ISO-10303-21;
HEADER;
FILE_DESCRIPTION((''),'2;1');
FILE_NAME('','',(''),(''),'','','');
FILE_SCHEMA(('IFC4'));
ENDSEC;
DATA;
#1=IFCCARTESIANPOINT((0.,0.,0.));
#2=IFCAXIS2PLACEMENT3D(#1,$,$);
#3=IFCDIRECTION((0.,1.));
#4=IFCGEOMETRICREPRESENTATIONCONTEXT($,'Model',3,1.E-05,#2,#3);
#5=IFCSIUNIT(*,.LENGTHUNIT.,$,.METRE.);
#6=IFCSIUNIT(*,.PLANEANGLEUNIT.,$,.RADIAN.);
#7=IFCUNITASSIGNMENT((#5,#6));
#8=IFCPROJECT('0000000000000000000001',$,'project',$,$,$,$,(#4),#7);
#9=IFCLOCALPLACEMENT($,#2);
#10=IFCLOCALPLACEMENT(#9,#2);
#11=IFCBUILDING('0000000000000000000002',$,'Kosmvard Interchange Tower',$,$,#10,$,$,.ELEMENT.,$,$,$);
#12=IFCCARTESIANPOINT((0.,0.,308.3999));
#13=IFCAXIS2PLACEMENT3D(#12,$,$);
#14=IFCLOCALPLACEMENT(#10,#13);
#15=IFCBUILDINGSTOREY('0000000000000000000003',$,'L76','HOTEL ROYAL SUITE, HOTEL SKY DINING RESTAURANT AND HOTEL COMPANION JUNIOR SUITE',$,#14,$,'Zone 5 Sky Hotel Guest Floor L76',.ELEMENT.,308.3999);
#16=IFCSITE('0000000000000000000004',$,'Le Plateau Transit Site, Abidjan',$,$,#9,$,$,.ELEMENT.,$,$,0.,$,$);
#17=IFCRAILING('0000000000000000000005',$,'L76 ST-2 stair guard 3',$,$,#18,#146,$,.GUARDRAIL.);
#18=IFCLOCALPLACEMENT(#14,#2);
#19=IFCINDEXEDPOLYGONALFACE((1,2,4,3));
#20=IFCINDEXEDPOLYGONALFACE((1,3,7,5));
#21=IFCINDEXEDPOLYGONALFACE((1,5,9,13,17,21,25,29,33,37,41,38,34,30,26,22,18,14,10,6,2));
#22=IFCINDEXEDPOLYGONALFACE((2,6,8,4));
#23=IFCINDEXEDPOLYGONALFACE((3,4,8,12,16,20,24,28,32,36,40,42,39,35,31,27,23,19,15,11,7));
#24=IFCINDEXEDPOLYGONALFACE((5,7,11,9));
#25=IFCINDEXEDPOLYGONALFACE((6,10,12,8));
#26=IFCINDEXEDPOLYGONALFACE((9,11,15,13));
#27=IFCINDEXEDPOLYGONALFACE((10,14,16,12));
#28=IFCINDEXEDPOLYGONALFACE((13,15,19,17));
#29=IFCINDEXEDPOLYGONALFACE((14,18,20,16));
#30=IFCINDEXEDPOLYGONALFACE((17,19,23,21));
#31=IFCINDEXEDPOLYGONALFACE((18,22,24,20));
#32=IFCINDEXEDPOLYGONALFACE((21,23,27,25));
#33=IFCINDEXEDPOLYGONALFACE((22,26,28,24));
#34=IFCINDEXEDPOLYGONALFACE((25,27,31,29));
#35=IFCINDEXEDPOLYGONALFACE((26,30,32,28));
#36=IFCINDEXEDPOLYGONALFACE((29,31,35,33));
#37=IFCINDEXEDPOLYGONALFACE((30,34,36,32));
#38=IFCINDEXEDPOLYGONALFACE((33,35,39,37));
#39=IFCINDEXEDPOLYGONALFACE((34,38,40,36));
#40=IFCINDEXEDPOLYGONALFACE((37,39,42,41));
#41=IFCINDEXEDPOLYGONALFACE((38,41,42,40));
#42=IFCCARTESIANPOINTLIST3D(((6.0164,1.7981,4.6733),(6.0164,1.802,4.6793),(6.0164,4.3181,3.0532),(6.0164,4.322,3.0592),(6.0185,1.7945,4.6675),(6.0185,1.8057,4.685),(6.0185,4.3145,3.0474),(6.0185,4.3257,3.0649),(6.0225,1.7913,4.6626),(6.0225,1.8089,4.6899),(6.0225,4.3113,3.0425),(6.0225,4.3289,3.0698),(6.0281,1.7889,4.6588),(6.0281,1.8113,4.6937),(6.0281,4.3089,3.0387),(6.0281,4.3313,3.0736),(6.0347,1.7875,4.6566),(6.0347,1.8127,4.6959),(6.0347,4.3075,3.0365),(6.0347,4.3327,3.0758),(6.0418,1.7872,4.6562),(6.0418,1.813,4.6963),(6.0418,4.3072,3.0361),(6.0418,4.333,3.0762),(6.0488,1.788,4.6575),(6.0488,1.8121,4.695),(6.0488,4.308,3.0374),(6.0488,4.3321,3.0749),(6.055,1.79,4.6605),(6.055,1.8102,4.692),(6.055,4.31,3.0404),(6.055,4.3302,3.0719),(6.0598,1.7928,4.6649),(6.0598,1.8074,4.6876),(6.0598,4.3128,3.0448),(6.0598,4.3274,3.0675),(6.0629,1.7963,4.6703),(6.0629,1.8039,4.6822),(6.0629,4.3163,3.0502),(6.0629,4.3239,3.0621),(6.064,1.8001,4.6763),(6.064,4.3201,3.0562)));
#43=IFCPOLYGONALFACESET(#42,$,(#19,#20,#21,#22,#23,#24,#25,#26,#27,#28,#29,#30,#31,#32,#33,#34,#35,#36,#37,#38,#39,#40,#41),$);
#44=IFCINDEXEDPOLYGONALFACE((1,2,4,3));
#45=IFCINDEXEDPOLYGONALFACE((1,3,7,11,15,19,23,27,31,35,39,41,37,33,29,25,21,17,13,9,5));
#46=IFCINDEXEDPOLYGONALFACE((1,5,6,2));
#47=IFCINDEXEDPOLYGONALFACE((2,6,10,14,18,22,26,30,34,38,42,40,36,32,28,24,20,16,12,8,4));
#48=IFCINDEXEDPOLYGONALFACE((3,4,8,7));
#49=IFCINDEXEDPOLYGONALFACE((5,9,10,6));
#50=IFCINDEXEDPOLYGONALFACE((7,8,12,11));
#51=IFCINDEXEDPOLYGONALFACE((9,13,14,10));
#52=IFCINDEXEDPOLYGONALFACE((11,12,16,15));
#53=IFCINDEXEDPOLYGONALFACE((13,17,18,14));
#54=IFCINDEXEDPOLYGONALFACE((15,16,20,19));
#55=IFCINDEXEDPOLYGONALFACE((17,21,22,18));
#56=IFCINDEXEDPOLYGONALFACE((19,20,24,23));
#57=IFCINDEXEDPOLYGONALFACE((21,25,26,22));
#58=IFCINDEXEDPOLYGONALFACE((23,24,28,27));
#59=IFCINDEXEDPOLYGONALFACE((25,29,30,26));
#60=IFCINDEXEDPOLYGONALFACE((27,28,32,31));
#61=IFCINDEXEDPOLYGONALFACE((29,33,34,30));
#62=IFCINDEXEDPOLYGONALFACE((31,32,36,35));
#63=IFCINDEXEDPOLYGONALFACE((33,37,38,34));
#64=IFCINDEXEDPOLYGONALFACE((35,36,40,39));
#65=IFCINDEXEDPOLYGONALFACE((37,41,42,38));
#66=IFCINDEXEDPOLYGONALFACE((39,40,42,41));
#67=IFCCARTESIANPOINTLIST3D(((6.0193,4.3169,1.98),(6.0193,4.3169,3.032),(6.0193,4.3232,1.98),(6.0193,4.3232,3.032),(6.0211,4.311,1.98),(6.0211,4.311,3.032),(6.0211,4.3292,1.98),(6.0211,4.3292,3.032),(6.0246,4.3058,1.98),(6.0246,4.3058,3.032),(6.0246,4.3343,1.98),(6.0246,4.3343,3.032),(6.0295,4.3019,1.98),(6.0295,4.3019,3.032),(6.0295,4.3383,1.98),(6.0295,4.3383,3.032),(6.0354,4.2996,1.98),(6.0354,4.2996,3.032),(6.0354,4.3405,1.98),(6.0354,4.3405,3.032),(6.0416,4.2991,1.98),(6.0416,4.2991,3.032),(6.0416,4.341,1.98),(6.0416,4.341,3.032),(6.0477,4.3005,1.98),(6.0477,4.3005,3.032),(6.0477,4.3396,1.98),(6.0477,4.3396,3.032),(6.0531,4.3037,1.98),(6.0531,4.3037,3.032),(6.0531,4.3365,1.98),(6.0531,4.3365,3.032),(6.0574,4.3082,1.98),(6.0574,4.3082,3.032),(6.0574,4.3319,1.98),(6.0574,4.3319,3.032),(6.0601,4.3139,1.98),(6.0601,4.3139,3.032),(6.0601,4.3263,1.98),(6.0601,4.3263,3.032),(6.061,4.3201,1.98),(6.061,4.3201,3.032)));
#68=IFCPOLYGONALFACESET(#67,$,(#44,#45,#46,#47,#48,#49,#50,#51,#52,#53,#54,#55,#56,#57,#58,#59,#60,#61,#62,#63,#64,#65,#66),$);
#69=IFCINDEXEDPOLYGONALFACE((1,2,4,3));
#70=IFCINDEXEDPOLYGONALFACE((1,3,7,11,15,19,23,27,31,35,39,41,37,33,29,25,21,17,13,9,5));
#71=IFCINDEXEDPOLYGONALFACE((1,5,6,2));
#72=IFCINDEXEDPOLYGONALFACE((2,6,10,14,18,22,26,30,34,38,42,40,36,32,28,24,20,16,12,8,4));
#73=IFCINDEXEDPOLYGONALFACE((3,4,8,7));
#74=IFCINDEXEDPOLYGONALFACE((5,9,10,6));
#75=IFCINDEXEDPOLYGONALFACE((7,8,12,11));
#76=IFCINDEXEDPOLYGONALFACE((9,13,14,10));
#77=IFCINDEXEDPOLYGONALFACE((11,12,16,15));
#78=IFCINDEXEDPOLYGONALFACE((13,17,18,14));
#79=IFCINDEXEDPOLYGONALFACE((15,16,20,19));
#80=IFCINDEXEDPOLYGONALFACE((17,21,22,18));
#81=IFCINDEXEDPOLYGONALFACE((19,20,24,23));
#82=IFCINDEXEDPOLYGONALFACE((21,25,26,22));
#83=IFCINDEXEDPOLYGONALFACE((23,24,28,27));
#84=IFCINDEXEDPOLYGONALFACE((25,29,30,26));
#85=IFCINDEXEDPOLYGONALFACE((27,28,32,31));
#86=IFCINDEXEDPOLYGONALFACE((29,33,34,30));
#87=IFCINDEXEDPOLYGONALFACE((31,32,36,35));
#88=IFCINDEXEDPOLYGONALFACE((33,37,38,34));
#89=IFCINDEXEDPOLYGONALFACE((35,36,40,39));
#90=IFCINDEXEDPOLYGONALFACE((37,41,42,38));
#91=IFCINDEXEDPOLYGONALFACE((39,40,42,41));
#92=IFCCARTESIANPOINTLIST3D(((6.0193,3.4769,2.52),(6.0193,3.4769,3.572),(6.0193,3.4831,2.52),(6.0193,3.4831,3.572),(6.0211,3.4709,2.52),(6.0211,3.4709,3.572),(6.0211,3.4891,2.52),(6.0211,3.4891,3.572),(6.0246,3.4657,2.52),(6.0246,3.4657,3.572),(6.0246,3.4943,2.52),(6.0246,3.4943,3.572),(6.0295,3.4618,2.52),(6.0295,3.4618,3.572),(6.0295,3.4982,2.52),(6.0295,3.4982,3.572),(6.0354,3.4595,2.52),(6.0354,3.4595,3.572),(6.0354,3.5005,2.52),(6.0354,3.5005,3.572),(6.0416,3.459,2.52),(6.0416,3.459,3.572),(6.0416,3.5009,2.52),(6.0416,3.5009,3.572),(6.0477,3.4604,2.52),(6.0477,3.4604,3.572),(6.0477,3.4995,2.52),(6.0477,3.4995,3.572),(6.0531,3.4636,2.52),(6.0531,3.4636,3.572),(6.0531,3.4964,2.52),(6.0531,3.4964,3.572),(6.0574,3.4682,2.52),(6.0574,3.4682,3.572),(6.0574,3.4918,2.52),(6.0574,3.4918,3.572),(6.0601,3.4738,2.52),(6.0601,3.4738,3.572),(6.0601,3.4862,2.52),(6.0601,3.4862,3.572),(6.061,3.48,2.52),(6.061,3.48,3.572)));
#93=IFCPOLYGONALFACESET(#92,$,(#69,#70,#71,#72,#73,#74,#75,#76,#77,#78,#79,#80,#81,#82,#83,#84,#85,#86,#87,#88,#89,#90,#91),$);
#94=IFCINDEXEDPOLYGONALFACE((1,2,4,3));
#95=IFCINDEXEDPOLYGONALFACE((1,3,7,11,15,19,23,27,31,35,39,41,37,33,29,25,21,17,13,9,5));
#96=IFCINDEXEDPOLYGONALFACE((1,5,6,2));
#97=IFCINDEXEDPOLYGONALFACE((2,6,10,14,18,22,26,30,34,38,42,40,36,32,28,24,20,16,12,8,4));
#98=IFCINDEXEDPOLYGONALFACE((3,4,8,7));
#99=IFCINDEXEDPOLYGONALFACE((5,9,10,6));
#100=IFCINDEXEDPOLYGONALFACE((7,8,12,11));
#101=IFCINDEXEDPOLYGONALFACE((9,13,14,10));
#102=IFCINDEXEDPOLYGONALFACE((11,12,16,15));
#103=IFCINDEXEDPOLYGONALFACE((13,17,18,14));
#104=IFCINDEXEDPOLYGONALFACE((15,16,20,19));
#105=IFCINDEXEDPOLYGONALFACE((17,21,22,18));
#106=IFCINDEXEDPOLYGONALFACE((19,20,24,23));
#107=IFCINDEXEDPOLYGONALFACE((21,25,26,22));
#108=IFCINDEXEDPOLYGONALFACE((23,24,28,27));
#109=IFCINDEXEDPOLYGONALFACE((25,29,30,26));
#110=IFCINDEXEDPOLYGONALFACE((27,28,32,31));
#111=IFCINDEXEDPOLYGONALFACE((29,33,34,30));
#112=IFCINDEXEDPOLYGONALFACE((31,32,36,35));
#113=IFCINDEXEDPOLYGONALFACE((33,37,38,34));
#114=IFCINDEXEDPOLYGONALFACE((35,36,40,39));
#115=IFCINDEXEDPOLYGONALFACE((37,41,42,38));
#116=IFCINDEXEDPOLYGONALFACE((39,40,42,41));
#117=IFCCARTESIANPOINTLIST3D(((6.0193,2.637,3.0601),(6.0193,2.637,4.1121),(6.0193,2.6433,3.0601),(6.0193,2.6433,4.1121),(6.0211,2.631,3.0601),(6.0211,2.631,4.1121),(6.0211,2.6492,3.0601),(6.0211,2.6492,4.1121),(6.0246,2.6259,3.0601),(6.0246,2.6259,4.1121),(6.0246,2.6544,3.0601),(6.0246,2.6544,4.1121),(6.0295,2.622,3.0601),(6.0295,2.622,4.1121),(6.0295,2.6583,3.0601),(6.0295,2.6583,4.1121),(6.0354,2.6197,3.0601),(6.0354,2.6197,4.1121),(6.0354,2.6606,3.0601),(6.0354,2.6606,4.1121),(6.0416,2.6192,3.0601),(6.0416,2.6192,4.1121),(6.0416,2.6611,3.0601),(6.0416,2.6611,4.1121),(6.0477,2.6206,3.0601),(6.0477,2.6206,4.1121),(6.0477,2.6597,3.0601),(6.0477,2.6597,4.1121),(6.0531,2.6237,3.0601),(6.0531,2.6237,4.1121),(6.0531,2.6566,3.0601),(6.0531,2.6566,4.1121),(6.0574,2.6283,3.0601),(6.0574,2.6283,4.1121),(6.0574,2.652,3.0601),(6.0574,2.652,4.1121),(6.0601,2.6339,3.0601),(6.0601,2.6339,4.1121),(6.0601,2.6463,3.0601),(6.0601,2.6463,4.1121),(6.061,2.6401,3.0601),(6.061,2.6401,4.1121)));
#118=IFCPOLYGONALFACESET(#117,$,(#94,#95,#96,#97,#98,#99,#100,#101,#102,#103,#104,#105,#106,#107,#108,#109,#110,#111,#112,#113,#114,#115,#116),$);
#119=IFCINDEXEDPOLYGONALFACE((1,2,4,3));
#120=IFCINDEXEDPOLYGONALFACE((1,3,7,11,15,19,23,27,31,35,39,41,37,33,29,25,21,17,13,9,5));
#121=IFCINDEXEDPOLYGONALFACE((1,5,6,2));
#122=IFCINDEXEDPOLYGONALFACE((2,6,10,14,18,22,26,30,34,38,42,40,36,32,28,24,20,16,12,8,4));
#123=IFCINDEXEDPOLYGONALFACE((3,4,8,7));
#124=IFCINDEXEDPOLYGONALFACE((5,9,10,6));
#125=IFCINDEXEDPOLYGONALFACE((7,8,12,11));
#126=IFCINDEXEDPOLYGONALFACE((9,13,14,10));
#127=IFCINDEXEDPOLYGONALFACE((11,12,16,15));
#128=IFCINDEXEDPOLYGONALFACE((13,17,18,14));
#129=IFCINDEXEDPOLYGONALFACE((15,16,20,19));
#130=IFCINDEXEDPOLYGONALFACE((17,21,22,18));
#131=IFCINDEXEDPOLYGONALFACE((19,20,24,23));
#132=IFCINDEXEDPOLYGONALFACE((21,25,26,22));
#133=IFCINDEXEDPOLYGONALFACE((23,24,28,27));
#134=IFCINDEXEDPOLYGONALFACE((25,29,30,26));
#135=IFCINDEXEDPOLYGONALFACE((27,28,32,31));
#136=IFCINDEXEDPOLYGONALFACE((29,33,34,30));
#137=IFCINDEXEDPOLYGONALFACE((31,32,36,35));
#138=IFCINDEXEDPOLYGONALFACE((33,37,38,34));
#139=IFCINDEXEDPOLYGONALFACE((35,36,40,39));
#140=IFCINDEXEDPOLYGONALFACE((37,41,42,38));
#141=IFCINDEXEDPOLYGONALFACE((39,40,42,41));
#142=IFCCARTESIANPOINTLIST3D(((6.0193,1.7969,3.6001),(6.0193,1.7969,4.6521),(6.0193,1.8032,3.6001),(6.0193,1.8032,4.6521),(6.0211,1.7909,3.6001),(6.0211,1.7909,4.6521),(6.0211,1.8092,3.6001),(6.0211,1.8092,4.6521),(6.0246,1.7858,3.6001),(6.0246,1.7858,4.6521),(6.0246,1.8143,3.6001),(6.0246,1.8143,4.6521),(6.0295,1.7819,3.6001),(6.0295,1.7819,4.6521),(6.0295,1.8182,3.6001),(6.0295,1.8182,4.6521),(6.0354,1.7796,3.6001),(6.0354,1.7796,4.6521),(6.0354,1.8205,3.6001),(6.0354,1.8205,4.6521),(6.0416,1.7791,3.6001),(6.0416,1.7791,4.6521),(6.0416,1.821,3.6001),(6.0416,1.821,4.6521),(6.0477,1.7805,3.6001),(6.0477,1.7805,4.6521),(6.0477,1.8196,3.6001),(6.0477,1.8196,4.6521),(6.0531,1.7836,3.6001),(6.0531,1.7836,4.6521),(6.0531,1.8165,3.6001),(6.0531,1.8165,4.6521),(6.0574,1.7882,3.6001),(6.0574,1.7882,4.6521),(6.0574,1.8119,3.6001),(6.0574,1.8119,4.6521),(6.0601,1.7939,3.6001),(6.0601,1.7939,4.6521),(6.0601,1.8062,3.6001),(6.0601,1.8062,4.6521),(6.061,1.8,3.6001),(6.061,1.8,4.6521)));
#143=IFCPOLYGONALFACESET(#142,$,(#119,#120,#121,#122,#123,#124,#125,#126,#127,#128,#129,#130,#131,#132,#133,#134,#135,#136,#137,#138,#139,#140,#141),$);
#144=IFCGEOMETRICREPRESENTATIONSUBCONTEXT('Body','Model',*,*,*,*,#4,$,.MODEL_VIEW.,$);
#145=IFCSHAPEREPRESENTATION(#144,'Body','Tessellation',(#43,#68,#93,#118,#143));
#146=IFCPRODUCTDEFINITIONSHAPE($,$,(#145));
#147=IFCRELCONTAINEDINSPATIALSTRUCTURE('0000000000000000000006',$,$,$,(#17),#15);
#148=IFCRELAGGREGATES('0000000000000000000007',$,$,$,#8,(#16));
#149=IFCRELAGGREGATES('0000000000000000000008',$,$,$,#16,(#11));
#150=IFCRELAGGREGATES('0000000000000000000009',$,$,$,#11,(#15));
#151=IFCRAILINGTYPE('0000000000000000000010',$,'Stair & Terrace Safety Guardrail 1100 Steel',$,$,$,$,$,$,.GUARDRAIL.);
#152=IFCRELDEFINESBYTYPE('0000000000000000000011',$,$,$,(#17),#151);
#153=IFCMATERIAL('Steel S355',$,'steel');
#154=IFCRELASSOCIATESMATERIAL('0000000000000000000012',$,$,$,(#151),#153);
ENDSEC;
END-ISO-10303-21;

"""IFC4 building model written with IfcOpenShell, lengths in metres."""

from ifc_helpers import new_model, si_unit, direction, frame, origin, origin_2d, place, context, subcontext, project, spatial, circle, extrude, source, transform, mapped, material, type_object, element, save


model = new_model("IFC4")

# Units and contexts
model_context = context("Model", 3, precision=1e-05, world=origin(), true_north=direction((0.0, 1.0)))
body_context = subcontext(model_context, "Body", "Model", "MODEL_VIEW")
ifc_project = project(units=[si_unit("LENGTHUNIT", "METRE"), si_unit("PLANEANGLEUNIT", "RADIAN")], contexts=[model_context])

# Site, building, storey
site_placement = place(None, origin())
site = spatial("IfcSite", under=ifc_project, at=site_placement, Name="Le Plateau Transit Site, Abidjan", CompositionType="ELEMENT", RefElevation=0.0)
building_placement = place(site_placement, origin())
building = spatial("IfcBuilding", under=site, at=building_placement, Name="Kosmvard Interchange Tower", CompositionType="ELEMENT")
storey_placement = place(building_placement, frame((0.0, 0.0, 308.3999)))
storey = spatial("IfcBuildingStorey", under=building, at=storey_placement, Name="L76", Description="HOTEL ROYAL SUITE, HOTEL SKY DINING RESTAURANT AND HOTEL COMPANION JUNIOR SUITE", LongName="Zone 5 Sky Hotel Guest Floor L76", CompositionType="ELEMENT", Elevation=308.3999)

# Shared definitions
ifc_material_1 = material(Name="Steel S355", Category="steel")

# Railing
railing_type_1 = type_object("IfcRailingType", Name="Stair & Terrace Safety Guardrail 1100 Steel", PredefinedType="GUARDRAIL", material=ifc_material_1)
shared_shape_1 = source(origin(), body_context, "Body", "SweptSolid", [
    extrude(circle(Radius=0.0239, at=origin_2d()), frame((0.0, 0.0, 1.0762), z_axis=(0.0, -0.841163, 0.540782), x_axis=(1.0, 0.0, 0.0)), (0.0, 0.0, 1.0), 2.9958),
    extrude(circle(Radius=0.021, at=origin_2d()), origin(), (0.0, 0.0, 1.0), 1.052),
    extrude(circle(Radius=0.021, at=origin_2d()), frame((0.0, -0.8401, 0.54)), (0.0, 0.0, 1.0), 1.052),
    extrude(circle(Radius=0.021, at=origin_2d()), frame((0.0, -1.6799, 1.0801)), (0.0, 0.0, 1.0), 1.052),
    extrude(circle(Radius=0.021, at=origin_2d()), frame((0.0, -2.52, 1.6201)), (0.0, 0.0, 1.0), 1.052),
])
railing_1_placement = place(storey_placement, frame((6.04, 4.3201, 1.98)))
element("IfcRailing", 1, at=railing_1_placement, inside=storey, type_object=railing_type_1, Name="L76 ST-2 stair guard 3", PredefinedType="GUARDRAIL", context=body_context, shape_type="MappedRepresentation", body=[
    mapped(shared_shape_1, transform((0.0, 0.0, 0.0), scale=1.0)),
])

save(model, "model.ifc")
